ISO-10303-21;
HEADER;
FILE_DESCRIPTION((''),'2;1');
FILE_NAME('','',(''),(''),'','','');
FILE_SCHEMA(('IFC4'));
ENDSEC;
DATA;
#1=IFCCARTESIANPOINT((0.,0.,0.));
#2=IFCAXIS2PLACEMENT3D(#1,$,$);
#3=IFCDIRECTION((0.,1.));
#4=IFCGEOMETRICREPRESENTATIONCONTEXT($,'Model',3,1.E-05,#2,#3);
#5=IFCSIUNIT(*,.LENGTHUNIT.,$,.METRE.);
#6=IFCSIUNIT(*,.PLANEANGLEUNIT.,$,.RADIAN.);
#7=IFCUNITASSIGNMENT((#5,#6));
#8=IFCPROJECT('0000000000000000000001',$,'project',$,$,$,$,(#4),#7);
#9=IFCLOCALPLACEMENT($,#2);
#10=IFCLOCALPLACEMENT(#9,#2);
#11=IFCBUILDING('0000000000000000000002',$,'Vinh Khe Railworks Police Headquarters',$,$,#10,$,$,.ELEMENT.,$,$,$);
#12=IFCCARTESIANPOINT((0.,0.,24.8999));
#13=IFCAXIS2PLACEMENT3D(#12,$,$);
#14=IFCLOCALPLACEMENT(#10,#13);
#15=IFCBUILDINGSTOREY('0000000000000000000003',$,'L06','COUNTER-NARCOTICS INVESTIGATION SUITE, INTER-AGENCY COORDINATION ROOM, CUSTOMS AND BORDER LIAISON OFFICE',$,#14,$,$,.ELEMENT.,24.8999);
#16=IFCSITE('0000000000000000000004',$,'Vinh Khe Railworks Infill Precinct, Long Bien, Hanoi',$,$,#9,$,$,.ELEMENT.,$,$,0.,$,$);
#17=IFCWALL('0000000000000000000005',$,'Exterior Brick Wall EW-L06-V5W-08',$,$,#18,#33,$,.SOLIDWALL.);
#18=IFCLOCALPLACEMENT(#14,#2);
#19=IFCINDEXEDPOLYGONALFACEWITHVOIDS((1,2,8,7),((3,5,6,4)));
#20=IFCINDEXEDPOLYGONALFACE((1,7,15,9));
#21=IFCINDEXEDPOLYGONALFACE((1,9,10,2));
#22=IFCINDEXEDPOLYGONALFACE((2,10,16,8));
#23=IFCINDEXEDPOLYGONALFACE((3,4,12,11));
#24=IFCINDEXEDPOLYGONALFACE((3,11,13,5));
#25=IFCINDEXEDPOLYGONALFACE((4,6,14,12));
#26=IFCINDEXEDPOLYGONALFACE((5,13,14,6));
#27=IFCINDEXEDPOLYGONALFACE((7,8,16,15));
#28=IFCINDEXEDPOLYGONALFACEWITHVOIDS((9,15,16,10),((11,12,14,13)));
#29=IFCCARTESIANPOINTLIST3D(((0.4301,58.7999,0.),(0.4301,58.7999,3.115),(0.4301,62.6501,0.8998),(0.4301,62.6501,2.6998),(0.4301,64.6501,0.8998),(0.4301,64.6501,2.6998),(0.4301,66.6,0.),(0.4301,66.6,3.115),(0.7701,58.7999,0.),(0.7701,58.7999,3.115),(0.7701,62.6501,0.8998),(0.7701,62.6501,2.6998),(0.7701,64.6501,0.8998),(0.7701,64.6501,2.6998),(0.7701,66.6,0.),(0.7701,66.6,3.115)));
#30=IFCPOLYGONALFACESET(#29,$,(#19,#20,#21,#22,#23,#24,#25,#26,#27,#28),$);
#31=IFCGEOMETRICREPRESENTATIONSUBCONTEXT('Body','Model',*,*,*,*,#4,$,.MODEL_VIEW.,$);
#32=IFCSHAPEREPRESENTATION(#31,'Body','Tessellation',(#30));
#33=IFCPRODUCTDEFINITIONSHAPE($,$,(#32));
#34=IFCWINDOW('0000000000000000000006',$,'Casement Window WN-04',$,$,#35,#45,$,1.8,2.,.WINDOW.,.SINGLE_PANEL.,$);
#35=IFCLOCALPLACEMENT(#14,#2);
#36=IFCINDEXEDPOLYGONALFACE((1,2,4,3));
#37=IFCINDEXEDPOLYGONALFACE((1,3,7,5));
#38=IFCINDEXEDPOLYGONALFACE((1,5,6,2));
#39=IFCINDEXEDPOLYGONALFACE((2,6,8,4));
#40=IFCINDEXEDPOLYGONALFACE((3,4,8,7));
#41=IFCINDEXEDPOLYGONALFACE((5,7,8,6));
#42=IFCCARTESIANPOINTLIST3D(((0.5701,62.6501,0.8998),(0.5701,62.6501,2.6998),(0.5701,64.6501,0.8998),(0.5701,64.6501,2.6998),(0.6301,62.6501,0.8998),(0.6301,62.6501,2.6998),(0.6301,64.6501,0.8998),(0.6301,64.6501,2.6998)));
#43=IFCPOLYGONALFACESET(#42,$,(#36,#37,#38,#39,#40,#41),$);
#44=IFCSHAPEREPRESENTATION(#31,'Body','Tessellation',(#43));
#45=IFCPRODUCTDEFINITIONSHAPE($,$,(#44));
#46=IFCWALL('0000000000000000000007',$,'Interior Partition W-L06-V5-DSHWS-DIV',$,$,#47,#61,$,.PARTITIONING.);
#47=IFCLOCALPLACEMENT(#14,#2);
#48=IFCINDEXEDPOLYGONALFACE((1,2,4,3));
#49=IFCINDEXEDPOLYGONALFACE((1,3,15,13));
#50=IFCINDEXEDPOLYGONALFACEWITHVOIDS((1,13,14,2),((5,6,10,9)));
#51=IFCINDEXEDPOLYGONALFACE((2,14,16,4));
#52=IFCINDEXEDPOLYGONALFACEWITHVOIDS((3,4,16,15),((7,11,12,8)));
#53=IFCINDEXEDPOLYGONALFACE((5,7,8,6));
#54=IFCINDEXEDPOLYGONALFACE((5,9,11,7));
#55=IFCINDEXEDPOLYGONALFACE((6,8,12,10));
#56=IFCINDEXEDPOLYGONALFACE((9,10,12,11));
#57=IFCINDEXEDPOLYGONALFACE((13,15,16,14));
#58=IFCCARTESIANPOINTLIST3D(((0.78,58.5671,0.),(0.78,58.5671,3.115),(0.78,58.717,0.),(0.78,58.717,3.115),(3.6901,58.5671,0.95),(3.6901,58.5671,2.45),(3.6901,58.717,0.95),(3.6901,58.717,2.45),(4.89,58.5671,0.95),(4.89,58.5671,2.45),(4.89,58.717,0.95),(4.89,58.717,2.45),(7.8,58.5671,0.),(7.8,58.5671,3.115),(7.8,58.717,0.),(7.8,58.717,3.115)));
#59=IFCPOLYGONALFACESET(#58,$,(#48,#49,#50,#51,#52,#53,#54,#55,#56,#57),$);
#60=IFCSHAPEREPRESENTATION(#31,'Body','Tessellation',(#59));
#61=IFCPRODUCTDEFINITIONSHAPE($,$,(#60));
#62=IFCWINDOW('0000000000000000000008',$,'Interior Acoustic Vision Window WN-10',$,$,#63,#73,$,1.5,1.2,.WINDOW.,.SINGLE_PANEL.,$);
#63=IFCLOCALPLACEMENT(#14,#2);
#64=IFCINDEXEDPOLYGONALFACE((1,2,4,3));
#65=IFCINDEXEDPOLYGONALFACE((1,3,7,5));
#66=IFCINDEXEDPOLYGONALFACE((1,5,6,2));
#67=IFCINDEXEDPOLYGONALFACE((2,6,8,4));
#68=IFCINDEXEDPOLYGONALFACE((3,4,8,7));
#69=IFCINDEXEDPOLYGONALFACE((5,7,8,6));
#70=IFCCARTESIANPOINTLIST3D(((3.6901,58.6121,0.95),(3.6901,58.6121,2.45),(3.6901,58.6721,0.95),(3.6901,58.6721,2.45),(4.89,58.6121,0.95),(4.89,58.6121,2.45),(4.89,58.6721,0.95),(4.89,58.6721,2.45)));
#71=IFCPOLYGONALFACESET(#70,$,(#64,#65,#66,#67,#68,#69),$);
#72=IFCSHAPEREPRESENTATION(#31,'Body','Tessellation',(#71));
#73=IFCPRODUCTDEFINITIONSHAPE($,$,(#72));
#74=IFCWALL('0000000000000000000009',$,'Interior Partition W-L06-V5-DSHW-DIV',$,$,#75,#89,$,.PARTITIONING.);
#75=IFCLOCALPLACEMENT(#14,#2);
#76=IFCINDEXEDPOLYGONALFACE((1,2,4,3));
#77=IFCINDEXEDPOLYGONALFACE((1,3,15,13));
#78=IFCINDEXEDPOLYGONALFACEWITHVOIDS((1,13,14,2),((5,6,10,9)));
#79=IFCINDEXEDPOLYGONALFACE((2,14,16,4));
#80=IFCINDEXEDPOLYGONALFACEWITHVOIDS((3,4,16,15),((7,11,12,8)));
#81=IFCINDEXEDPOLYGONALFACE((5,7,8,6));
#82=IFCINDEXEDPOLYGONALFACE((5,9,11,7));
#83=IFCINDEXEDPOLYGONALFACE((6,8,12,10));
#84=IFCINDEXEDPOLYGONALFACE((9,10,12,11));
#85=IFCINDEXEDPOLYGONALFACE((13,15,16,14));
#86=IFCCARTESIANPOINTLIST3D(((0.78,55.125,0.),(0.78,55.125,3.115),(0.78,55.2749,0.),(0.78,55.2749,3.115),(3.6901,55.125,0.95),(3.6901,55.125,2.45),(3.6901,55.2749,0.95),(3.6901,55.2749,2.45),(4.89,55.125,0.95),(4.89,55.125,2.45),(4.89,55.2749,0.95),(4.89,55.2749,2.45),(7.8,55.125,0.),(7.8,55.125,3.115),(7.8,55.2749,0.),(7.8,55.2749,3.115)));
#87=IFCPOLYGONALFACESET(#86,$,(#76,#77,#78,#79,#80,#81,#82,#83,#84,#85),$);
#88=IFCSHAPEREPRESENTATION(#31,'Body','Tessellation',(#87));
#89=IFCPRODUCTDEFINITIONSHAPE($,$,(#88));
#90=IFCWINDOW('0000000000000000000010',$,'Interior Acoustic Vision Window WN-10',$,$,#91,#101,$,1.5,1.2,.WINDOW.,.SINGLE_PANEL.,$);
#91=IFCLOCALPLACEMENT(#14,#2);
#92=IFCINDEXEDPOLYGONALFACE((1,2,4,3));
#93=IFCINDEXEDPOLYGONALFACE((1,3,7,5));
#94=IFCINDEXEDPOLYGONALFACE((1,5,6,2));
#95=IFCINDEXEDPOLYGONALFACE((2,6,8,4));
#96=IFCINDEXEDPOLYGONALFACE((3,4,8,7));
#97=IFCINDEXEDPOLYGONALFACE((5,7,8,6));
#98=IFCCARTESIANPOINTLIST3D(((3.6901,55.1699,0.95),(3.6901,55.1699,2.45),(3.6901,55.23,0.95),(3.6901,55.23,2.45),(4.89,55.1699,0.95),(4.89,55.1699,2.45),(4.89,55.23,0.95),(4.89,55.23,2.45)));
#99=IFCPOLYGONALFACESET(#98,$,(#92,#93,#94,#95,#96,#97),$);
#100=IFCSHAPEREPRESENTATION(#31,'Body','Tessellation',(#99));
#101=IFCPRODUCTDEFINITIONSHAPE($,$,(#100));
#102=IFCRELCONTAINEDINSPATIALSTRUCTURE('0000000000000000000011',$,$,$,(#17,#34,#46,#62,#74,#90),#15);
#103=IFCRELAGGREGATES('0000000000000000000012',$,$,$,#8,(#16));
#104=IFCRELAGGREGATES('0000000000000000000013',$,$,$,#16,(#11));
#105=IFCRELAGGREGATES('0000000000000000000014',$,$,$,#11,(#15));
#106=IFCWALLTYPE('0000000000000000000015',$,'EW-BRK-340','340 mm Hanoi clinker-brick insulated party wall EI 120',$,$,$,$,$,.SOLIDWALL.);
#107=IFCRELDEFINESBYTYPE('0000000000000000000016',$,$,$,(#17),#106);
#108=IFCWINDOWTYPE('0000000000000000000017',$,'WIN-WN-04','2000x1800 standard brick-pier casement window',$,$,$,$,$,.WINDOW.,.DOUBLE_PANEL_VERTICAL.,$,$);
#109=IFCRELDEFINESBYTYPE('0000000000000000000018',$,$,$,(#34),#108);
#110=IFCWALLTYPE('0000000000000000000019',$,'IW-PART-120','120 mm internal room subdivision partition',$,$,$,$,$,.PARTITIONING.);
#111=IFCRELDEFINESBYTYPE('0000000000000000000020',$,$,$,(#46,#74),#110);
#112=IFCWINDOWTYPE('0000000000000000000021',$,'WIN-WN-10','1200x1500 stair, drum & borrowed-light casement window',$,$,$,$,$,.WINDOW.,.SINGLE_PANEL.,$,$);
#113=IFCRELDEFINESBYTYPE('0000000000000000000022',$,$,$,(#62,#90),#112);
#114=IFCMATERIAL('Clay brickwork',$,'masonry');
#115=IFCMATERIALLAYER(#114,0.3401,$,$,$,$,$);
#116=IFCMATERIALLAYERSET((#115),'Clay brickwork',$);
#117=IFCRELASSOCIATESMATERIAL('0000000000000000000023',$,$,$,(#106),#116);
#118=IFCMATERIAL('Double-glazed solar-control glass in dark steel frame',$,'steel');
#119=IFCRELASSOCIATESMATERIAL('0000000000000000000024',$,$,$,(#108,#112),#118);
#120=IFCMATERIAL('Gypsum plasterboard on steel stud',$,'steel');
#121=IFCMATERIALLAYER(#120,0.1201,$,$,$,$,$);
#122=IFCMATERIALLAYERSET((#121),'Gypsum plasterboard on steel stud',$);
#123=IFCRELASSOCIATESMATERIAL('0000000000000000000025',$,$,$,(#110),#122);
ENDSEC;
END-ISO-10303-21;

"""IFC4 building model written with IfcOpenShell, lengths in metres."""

from ifc_helpers import new_model, si_unit, direction, frame, frame_2d, origin, place, context, subcontext, project, spatial, rectangle, extrude, material, layer, layer_set, type_object, element, fill, save


model = new_model("IFC4")

# Units and contexts
model_context = context("Model", 3, precision=1e-05, world=origin(), true_north=direction((0.0, 1.0)))
body_context = subcontext(model_context, "Body", "Model", "MODEL_VIEW")
ifc_project = project(units=[si_unit("LENGTHUNIT", "METRE"), si_unit("PLANEANGLEUNIT", "RADIAN")], contexts=[model_context])

# Site, building, storey
site_placement = place(None, origin())
site = spatial("IfcSite", under=ifc_project, at=site_placement, Name="Vinh Khe Railworks Infill Precinct, Long Bien, Hanoi", CompositionType="ELEMENT", RefElevation=0.0)
building_placement = place(site_placement, origin())
building = spatial("IfcBuilding", under=site, at=building_placement, Name="Vinh Khe Railworks Police Headquarters", CompositionType="ELEMENT")
storey_placement = place(building_placement, frame((0.0, 0.0, 24.8999)))
storey = spatial("IfcBuildingStorey", under=building, at=storey_placement, Name="L06", Description="COUNTER-NARCOTICS INVESTIGATION SUITE, INTER-AGENCY COORDINATION ROOM, CUSTOMS AND BORDER LIAISON OFFICE", CompositionType="ELEMENT", Elevation=24.8999)

# Walls, openings, windows
ifc_material_1 = material(Name="Clay brickwork", Category="masonry")
ifc_layer_1 = layer(ifc_material_1, 0.3401)
ifc_layer_set_1 = layer_set([ifc_layer_1], Name="Clay brickwork")
wall_type_1 = type_object("IfcWallType", Name="EW-BRK-340", Description="340 mm Hanoi clinker-brick insulated party wall EI 120", PredefinedType="SOLIDWALL", material=ifc_layer_set_1)
ifc_material_2 = material(Name="Double-glazed solar-control glass in dark steel frame", Category="steel")
window_type_1 = type_object("IfcWindowType", Name="WIN-WN-04", Description="2000x1800 standard brick-pier casement window", PartitioningType="DOUBLE_PANEL_VERTICAL", PredefinedType="WINDOW", material=ifc_material_2)
wall_1_placement = place(storey_placement, frame((0.6001, 58.8, 0.0), z_axis=(0.0, 0.0, 1.0), x_axis=(0.0, 1.0, 0.0)))
wall_1 = element("IfcWall", 1, at=wall_1_placement, inside=storey, type_object=wall_type_1, Name="Exterior Brick Wall EW-L06-V5W-08", PredefinedType="SOLIDWALL", context=body_context, shape_type="SweptSolid", body=[
    extrude(rectangle(XDim=7.8, YDim=0.3401, at=frame_2d((3.8999, 0.0))), origin(), (0.0, 0.0, 1.0), 3.115),
])
opening_1_placement = place(wall_1_placement, frame((3.8501, 0.0, 0.8999)))
opening_1 = element("IfcOpeningElement", 2, at=opening_1_placement, cuts=wall_1, PredefinedType="OPENING", context=body_context, shape_type="SweptSolid", body=[
    extrude(rectangle(XDim=2.0, YDim=1.8, at=frame_2d((1.0, 0.8999))), frame((0.0, 0.1851, 0.0), z_axis=(0.0, -1.0, 0.0), x_axis=(1.0, 0.0, 0.0)), (0.0, 0.0, 1.0), 0.3699),
])
window_1_placement = place(opening_1_placement, origin())
window_1 = element("IfcWindow", 3, at=window_1_placement, inside=storey, type_object=window_type_1, Name="Casement Window WN-04", OverallHeight=1.8, OverallWidth=2.0, PartitioningType="SINGLE_PANEL", PredefinedType="WINDOW", context=body_context, shape_type="SweptSolid", body=[
    extrude(rectangle(XDim=2.0, YDim=1.8, at=frame_2d((1.0, 0.8999))), frame((0.0, 0.03, 0.0), z_axis=(0.0, -1.0, 0.0), x_axis=(1.0, 0.0, 0.0)), (0.0, 0.0, 1.0), 0.0601),
])
fill(opening_1, window_1)
ifc_material_3 = material(Name="Gypsum plasterboard on steel stud", Category="steel")
ifc_layer_2 = layer(ifc_material_3, 0.1201)
ifc_layer_set_2 = layer_set([ifc_layer_2], Name="Gypsum plasterboard on steel stud")
wall_type_2 = type_object("IfcWallType", Name="IW-PART-120", Description="120 mm internal room subdivision partition", PredefinedType="PARTITIONING", material=ifc_layer_set_2)
wall_2_placement = place(storey_placement, frame((0.78, 58.6421, 0.0), z_axis=(0.0, 0.0, 1.0), x_axis=(1.0, 0.0, 0.0)))
wall_2 = element("IfcWall", 4, at=wall_2_placement, inside=storey, type_object=wall_type_2, Name="Interior Partition W-L06-V5-DSHWS-DIV", PredefinedType="PARTITIONING", context=body_context, shape_type="SweptSolid", body=[
    extrude(rectangle(XDim=7.02, YDim=0.1499, at=frame_2d((3.51, 0.0))), origin(), (0.0, 0.0, 1.0), 3.115),
])
opening_2_placement = place(wall_2_placement, frame((2.9099, 0.0, 0.95)))
opening_2 = element("IfcOpeningElement", 5, at=opening_2_placement, cuts=wall_2, PredefinedType="OPENING", context=body_context, shape_type="SweptSolid", body=[
    extrude(rectangle(XDim=1.2, YDim=1.5, at=frame_2d((0.6001, 0.75))), frame((0.0, 0.0898, 0.0), z_axis=(0.0, -1.0, 0.0), x_axis=(1.0, 0.0, 0.0)), (0.0, 0.0, 1.0), 0.1797),
])
window_type_2 = type_object("IfcWindowType", Name="WIN-WN-10", Description="1200x1500 stair, drum & borrowed-light casement window", PartitioningType="SINGLE_PANEL", PredefinedType="WINDOW", material=ifc_material_2)
window_2_placement = place(opening_2_placement, origin())
window_2 = element("IfcWindow", 6, at=window_2_placement, inside=storey, type_object=window_type_2, Name="Interior Acoustic Vision Window WN-10", OverallHeight=1.5, OverallWidth=1.2, PartitioningType="SINGLE_PANEL", PredefinedType="WINDOW", context=body_context, shape_type="SweptSolid", body=[
    extrude(rectangle(XDim=1.2, YDim=1.5, at=frame_2d((0.6001, 0.75))), frame((0.0, 0.03, 0.0), z_axis=(0.0, -1.0, 0.0), x_axis=(1.0, 0.0, 0.0)), (0.0, 0.0, 1.0), 0.0601),
])
fill(opening_2, window_2)
wall_3_placement = place(storey_placement, frame((0.78, 55.2, 0.0), z_axis=(0.0, 0.0, 1.0), x_axis=(1.0, 0.0, 0.0)))
wall_3 = element("IfcWall", 7, at=wall_3_placement, inside=storey, type_object=wall_type_2, Name="Interior Partition W-L06-V5-DSHW-DIV", PredefinedType="PARTITIONING", context=body_context, shape_type="SweptSolid", body=[
    extrude(rectangle(XDim=7.02, YDim=0.1499, at=frame_2d((3.51, 0.0))), origin(), (0.0, 0.0, 1.0), 3.115),
])
opening_3_placement = place(wall_3_placement, frame((2.9099, 0.0, 0.95)))
opening_3 = element("IfcOpeningElement", 8, at=opening_3_placement, cuts=wall_3, PredefinedType="OPENING", context=body_context, shape_type="SweptSolid", body=[
    extrude(rectangle(XDim=1.2, YDim=1.5, at=frame_2d((0.6001, 0.75))), frame((0.0, 0.0898, 0.0), z_axis=(0.0, -1.0, 0.0), x_axis=(1.0, 0.0, 0.0)), (0.0, 0.0, 1.0), 0.1797),
])
window_3_placement = place(opening_3_placement, origin())
window_3 = element("IfcWindow", 9, at=window_3_placement, inside=storey, type_object=window_type_2, Name="Interior Acoustic Vision Window WN-10", OverallHeight=1.5, OverallWidth=1.2, PartitioningType="SINGLE_PANEL", PredefinedType="WINDOW", context=body_context, shape_type="SweptSolid", body=[
    extrude(rectangle(XDim=1.2, YDim=1.5, at=frame_2d((0.6001, 0.75))), frame((0.0, 0.03, 0.0), z_axis=(0.0, -1.0, 0.0), x_axis=(1.0, 0.0, 0.0)), (0.0, 0.0, 1.0), 0.0601),
])
fill(opening_3, window_3)

save(model, "model.ifc")
